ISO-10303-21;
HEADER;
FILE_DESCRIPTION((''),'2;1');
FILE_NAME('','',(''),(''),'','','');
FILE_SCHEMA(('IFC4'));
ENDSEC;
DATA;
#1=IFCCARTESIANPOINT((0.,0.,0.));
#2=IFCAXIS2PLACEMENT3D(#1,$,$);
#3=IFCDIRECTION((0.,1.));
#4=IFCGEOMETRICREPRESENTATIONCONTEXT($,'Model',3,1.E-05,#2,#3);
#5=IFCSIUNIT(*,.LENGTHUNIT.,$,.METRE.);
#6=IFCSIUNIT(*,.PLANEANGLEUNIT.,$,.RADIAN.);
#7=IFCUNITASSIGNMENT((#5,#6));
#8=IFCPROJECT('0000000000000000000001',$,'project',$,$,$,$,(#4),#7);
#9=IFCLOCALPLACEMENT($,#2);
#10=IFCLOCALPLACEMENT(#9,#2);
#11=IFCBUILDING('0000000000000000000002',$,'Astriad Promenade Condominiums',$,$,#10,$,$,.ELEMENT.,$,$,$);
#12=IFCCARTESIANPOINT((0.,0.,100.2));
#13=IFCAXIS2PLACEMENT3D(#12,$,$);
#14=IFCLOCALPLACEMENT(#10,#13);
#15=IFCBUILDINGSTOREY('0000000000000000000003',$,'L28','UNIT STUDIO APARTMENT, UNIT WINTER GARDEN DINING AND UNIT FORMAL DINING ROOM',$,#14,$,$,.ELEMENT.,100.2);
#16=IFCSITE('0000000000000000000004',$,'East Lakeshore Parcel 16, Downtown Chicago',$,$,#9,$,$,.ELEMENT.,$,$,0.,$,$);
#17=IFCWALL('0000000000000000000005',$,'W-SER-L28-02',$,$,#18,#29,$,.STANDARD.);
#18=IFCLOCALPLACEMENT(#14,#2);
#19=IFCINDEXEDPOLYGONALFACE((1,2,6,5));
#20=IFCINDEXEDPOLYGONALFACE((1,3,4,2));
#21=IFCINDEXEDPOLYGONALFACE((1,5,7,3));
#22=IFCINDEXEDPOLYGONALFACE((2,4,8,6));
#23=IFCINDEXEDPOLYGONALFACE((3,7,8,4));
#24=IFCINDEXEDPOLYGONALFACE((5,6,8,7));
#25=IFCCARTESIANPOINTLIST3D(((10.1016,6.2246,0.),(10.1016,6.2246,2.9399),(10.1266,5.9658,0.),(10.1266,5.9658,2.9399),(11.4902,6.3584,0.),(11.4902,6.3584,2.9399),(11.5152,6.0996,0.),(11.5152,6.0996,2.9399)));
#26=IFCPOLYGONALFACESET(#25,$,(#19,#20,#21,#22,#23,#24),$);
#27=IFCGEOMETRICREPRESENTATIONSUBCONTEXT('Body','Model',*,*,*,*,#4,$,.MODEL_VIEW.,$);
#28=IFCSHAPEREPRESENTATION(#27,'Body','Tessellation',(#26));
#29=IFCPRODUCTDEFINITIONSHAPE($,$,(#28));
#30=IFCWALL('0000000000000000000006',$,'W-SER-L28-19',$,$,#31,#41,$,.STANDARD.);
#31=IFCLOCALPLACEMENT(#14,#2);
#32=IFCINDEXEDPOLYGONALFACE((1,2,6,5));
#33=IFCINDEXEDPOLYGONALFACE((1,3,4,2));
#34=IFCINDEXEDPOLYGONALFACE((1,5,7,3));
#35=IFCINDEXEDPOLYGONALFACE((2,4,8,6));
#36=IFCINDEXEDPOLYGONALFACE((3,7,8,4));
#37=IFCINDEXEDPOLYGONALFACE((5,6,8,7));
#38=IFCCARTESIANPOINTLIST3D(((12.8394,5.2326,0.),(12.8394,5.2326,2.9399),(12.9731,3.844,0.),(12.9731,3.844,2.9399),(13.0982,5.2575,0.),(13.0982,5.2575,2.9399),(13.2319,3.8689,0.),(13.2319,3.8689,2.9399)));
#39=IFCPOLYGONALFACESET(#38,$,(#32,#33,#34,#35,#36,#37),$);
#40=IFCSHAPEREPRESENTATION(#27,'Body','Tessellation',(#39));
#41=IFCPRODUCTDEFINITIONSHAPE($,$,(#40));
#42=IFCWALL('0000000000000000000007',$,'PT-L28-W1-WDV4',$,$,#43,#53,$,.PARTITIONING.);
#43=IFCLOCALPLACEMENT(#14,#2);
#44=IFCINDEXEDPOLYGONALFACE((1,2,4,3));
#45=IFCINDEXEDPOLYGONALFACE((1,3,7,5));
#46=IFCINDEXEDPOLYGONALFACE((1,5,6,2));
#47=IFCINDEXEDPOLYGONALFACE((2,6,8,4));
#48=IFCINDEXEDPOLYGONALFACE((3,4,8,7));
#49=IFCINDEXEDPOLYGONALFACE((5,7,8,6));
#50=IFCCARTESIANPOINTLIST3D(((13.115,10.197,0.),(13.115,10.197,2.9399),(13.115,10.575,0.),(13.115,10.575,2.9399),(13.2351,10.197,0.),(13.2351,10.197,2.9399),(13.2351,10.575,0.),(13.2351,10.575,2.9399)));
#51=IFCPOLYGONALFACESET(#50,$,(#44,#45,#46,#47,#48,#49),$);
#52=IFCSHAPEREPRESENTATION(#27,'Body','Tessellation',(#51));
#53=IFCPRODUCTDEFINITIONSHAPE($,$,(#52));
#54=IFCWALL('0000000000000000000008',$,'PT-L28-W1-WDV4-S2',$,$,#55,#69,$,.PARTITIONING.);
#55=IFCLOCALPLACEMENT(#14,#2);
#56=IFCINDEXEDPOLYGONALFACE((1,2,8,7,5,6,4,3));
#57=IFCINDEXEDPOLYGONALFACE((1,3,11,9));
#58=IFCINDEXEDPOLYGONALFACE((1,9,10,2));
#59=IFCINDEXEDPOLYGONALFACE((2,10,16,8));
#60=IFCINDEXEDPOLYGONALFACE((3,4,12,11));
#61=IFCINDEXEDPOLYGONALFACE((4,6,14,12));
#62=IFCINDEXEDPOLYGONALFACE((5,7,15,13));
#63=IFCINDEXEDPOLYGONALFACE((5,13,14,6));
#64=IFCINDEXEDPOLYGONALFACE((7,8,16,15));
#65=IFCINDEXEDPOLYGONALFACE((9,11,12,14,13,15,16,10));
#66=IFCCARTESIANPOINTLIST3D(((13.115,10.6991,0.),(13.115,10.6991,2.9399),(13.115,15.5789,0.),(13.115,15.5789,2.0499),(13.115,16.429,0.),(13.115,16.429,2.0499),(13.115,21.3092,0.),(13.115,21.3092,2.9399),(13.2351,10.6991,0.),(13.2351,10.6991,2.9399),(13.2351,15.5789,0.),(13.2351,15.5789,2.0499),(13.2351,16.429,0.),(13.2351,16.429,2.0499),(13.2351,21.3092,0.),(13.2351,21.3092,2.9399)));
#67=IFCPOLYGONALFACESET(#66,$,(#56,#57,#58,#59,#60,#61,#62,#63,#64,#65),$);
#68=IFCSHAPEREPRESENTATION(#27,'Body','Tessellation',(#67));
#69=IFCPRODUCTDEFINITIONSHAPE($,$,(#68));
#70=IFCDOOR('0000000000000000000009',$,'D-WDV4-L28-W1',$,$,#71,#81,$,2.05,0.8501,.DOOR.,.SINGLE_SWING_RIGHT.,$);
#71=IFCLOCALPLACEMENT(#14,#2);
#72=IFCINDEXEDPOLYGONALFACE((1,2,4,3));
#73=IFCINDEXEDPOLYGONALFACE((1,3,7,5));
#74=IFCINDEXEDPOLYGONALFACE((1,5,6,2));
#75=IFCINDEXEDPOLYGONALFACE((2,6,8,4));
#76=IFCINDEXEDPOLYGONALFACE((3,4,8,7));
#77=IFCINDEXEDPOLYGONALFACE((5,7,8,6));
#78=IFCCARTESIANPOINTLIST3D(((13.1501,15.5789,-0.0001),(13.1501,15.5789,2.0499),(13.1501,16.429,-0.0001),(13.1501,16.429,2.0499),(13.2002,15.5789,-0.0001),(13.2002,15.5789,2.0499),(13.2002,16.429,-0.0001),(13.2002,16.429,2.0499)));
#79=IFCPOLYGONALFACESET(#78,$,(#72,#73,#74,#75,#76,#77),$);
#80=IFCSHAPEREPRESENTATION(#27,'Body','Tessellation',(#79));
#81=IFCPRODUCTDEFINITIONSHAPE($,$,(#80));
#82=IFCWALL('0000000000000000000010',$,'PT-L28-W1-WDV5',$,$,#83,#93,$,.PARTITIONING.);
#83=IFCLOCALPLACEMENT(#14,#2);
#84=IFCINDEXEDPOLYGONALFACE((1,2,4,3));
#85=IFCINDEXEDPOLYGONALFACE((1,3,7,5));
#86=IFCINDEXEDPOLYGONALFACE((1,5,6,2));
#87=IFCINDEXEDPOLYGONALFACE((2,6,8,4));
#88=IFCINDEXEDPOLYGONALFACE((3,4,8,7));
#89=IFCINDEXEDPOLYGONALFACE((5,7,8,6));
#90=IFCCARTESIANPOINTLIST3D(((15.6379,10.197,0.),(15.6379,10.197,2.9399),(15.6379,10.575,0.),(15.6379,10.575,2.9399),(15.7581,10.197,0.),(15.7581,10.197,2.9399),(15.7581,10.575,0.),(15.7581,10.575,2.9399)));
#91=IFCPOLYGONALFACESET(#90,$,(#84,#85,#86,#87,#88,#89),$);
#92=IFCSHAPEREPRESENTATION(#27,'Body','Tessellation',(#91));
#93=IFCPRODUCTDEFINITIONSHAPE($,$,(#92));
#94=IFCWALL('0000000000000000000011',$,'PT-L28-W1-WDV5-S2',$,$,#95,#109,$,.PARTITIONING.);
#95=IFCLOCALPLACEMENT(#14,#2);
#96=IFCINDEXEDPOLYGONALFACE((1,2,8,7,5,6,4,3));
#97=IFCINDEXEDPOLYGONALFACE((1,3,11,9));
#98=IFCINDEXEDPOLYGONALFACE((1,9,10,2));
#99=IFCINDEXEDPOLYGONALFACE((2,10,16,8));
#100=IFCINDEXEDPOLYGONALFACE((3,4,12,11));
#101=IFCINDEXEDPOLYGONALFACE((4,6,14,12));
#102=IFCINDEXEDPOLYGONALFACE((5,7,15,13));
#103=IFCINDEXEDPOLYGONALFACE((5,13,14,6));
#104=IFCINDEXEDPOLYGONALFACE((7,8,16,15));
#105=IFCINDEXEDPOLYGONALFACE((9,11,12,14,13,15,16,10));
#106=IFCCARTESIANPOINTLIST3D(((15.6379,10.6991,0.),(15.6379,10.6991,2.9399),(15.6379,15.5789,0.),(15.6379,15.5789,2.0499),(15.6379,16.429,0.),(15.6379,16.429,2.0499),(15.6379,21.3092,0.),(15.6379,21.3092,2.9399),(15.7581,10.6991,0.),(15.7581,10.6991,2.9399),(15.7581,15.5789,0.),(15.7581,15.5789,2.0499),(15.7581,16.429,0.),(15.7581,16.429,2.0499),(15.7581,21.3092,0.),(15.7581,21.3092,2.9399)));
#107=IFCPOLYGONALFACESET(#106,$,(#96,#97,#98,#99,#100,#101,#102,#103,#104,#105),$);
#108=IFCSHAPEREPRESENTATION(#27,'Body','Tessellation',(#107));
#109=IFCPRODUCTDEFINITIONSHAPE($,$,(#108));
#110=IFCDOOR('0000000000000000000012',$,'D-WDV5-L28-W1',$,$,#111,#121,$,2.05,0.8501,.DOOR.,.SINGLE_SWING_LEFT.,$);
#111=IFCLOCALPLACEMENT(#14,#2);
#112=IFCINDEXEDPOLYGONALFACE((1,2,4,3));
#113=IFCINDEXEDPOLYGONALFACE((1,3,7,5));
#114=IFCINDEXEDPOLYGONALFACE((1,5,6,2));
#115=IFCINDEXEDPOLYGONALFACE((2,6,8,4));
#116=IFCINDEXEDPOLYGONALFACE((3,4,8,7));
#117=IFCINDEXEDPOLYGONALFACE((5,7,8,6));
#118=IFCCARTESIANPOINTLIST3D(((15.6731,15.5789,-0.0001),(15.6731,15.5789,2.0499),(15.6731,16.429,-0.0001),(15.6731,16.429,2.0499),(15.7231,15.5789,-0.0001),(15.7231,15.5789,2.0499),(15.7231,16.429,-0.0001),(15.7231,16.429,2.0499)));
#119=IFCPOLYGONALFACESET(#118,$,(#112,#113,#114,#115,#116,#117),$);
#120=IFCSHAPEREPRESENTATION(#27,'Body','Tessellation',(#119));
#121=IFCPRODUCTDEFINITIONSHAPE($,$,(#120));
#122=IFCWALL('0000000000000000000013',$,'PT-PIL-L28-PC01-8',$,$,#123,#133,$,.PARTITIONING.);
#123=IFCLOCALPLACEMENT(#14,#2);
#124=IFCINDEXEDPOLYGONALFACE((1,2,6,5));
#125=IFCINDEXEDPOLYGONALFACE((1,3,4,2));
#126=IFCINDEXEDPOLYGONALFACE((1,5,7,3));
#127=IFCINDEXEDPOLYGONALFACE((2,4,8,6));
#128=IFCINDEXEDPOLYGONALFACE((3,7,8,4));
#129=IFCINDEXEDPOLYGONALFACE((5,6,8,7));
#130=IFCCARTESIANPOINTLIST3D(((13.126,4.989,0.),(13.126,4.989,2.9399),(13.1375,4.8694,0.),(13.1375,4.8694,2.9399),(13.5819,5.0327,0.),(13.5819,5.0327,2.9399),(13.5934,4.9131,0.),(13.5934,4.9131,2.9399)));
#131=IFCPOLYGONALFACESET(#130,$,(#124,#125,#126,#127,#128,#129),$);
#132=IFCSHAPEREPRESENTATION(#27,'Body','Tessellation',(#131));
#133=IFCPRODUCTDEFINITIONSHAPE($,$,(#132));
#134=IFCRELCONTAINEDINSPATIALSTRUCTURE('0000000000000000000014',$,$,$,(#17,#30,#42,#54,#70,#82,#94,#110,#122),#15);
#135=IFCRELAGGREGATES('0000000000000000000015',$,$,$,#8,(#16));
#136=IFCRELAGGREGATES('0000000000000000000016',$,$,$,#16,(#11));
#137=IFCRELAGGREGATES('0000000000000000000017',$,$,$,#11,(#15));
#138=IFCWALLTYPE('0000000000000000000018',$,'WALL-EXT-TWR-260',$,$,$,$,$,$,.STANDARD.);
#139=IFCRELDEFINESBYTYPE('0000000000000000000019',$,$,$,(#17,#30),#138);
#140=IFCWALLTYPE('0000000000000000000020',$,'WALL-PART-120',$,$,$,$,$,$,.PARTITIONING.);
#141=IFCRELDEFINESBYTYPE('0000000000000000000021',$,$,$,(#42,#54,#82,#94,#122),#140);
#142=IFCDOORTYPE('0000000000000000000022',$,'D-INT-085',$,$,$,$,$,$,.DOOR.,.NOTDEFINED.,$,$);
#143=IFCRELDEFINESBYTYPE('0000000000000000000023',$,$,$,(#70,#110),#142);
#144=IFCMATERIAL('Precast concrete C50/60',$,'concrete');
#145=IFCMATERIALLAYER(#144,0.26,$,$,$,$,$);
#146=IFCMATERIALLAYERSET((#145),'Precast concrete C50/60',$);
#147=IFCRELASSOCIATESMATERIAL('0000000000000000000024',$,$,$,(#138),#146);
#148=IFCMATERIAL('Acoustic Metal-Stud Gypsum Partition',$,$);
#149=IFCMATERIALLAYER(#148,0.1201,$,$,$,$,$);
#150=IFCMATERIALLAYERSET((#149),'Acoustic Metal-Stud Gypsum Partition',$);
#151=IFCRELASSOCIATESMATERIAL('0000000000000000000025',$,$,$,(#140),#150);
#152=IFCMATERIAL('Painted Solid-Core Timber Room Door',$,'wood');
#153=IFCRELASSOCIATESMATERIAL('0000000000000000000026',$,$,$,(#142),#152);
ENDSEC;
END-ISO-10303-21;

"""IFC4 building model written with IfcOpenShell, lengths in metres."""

from ifc_helpers import new_model, si_unit, direction, frame, frame_2d, origin, place, context, subcontext, project, spatial, rectangle, extrude, source, transform, mapped, material, layer, layer_set, type_object, type_shapes, element, fill, save


model = new_model("IFC4")

# Units and contexts
model_context = context("Model", 3, precision=1e-05, world=origin(), true_north=direction((0.0, 1.0)))
body_context = subcontext(model_context, "Body", "Model", "MODEL_VIEW")
ifc_project = project(units=[si_unit("LENGTHUNIT", "METRE"), si_unit("PLANEANGLEUNIT", "RADIAN")], contexts=[model_context])

# Site, building, storey
site_placement = place(None, origin())
site = spatial("IfcSite", under=ifc_project, at=site_placement, Name="East Lakeshore Parcel 16, Downtown Chicago", CompositionType="ELEMENT", RefElevation=0.0)
building_placement = place(site_placement, origin())
building = spatial("IfcBuilding", under=site, at=building_placement, Name="Astriad Promenade Condominiums", CompositionType="ELEMENT")
storey_placement = place(building_placement, frame((0.0, 0.0, 100.2)))
storey = spatial("IfcBuildingStorey", under=building, at=storey_placement, Name="L28", Description="UNIT STUDIO APARTMENT, UNIT WINTER GARDEN DINING AND UNIT FORMAL DINING ROOM", CompositionType="ELEMENT", Elevation=100.2)

# Walls
ifc_material_1 = material(Name="Precast concrete C50/60", Category="concrete")
ifc_layer_1 = layer(ifc_material_1, 0.26)
ifc_layer_set_1 = layer_set([ifc_layer_1], Name="Precast concrete C50/60")
wall_type_1 = type_object("IfcWallType", Name="WALL-EXT-TWR-260", PredefinedType="STANDARD", material=ifc_layer_set_1)
for number, where, z_axis, x_axis, name in (
    (1, (11.5027, 6.229, 0.0), (0.0, 0.0, 1.0), (-0.995391, -0.095899, 0.0), "W-SER-L28-02"),
    (2, (13.1025, 3.8564, 0.0), (0.0, 0.0, 1.0), (-0.095899, 0.995391, 0.0), "W-SER-L28-19"),
):
    element("IfcWall", number, at=place(storey_placement, frame(where, z_axis=z_axis, x_axis=x_axis)), inside=storey, type_object=wall_type_1, Name=name, PredefinedType="STANDARD", context=body_context, shape_type="SweptSolid", body=[
        extrude(rectangle(XDim=1.395, YDim=0.26, at=frame_2d((0.6975, 0.0))), origin(), (0.0, 0.0, 1.0), 2.9399),
    ])
ifc_material_2 = material(Name="Acoustic Metal-Stud Gypsum Partition")
ifc_layer_2 = layer(ifc_material_2, 0.1201)
ifc_layer_set_2 = layer_set([ifc_layer_2], Name="Acoustic Metal-Stud Gypsum Partition")
wall_type_2 = type_object("IfcWallType", Name="WALL-PART-120", PredefinedType="PARTITIONING", material=ifc_layer_set_2)
wall_1_placement = place(storey_placement, frame((13.175, 10.197, 0.0), z_axis=(0.0, 0.0, 1.0), x_axis=(0.0, 1.0, 0.0)))
element("IfcWall", 3, at=wall_1_placement, inside=storey, type_object=wall_type_2, Name="PT-L28-W1-WDV4", PredefinedType="PARTITIONING", context=body_context, shape_type="SweptSolid", body=[
    extrude(rectangle(XDim=0.3779, YDim=0.1201, at=frame_2d((0.189, 0.0))), origin(), (0.0, 0.0, 1.0), 2.9399),
])

# Wall, opening, door
wall_2_placement = place(storey_placement, frame((13.175, 10.699, 0.0), z_axis=(0.0, 0.0, 1.0), x_axis=(0.0, 1.0, 0.0)))
wall_2 = element("IfcWall", 4, at=wall_2_placement, inside=storey, type_object=wall_type_2, Name="PT-L28-W1-WDV4-S2", PredefinedType="PARTITIONING", context=body_context, shape_type="SweptSolid", body=[
    extrude(rectangle(XDim=10.6101, YDim=0.1201, at=frame_2d((5.3052, 0.0))), origin(), (0.0, 0.0, 1.0), 2.9399),
])
opening_1_placement = place(wall_2_placement, frame((4.8799, 0.0, 0.0)))
opening_1 = element("IfcOpeningElement", 5, at=opening_1_placement, cuts=wall_2, PredefinedType="OPENING", context=body_context, shape_type="SweptSolid", body=[
    extrude(rectangle(XDim=0.8501, YDim=2.05, at=frame_2d((0.425, 1.0249))), frame((0.0, 0.0701, 0.0), z_axis=(0.0, -1.0, 0.0), x_axis=(1.0, 0.0, 0.0)), (0.0, 0.0, 1.0), 0.1401),
])
ifc_material_3 = material(Name="Painted Solid-Core Timber Room Door", Category="wood")
door_type = type_object("IfcDoorType", Name="D-INT-085", OperationType="NOTDEFINED", PredefinedType="DOOR", material=ifc_material_3)
shared_shape_1 = source(origin(), body_context, "Body", "SweptSolid", [
    extrude(rectangle(XDim=0.8501, YDim=2.05, at=frame_2d((0.425, 1.0249))), frame((0.0, 0.0249, 0.0), z_axis=(0.0, -1.0, 0.0), x_axis=(1.0, 0.0, 0.0)), (0.0, 0.0, 1.0), 0.05),
])
type_shapes(door_type, [shared_shape_1])
door_1_placement = place(opening_1_placement, origin())
door_1 = element("IfcDoor", 6, at=door_1_placement, inside=storey, type_object=door_type, Name="D-WDV4-L28-W1", OperationType="SINGLE_SWING_RIGHT", OverallHeight=2.05, OverallWidth=0.8501, PredefinedType="DOOR", context=body_context, shape_type="MappedRepresentation", body=[
    mapped(shared_shape_1, transform((0.0, 0.0, 0.0), scale=1.0)),
])
fill(opening_1, door_1)

# Wall
wall_3_placement = place(storey_placement, frame((15.698, 10.197, 0.0), z_axis=(0.0, 0.0, 1.0), x_axis=(0.0, 1.0, 0.0)))
element("IfcWall", 7, at=wall_3_placement, inside=storey, type_object=wall_type_2, Name="PT-L28-W1-WDV5", PredefinedType="PARTITIONING", context=body_context, shape_type="SweptSolid", body=[
    extrude(rectangle(XDim=0.3779, YDim=0.1201, at=frame_2d((0.189, 0.0))), origin(), (0.0, 0.0, 1.0), 2.9399),
])

# Wall, opening, door
wall_4_placement = place(storey_placement, frame((15.698, 10.699, 0.0), z_axis=(0.0, 0.0, 1.0), x_axis=(0.0, 1.0, 0.0)))
wall_4 = element("IfcWall", 8, at=wall_4_placement, inside=storey, type_object=wall_type_2, Name="PT-L28-W1-WDV5-S2", PredefinedType="PARTITIONING", context=body_context, shape_type="SweptSolid", body=[
    extrude(rectangle(XDim=10.6101, YDim=0.1201, at=frame_2d((5.3052, 0.0))), origin(), (0.0, 0.0, 1.0), 2.9399),
])
opening_2_placement = place(wall_4_placement, frame((4.8799, 0.0, 0.0)))
opening_2 = element("IfcOpeningElement", 9, at=opening_2_placement, cuts=wall_4, PredefinedType="OPENING", context=body_context, shape_type="SweptSolid", body=[
    extrude(rectangle(XDim=0.8501, YDim=2.05, at=frame_2d((0.425, 1.0249))), frame((0.0, 0.0701, 0.0), z_axis=(0.0, -1.0, 0.0), x_axis=(1.0, 0.0, 0.0)), (0.0, 0.0, 1.0), 0.1401),
])
door_2_placement = place(opening_2_placement, origin())
door_2 = element("IfcDoor", 10, at=door_2_placement, inside=storey, type_object=door_type, Name="D-WDV5-L28-W1", OperationType="SINGLE_SWING_LEFT", OverallHeight=2.05, OverallWidth=0.8501, PredefinedType="DOOR", context=body_context, shape_type="MappedRepresentation", body=[
    mapped(shared_shape_1, transform((0.0, 0.0, 0.0), scale=1.0)),
])
fill(opening_2, door_2)

# Wall
wall_5_placement = place(storey_placement, frame((13.5876, 4.9729, 0.0), z_axis=(0.0, 0.0, 1.0), x_axis=(-0.995435, -0.095438, 0.0)))
element("IfcWall", 11, at=wall_5_placement, inside=storey, type_object=wall_type_2, Name="PT-PIL-L28-PC01-8", PredefinedType="PARTITIONING", context=body_context, shape_type="SweptSolid", body=[
    extrude(rectangle(XDim=0.458, YDim=0.1201, at=frame_2d((0.229, 0.0))), origin(), (0.0, 0.0, 1.0), 2.9399),
])

save(model, "model.ifc")
